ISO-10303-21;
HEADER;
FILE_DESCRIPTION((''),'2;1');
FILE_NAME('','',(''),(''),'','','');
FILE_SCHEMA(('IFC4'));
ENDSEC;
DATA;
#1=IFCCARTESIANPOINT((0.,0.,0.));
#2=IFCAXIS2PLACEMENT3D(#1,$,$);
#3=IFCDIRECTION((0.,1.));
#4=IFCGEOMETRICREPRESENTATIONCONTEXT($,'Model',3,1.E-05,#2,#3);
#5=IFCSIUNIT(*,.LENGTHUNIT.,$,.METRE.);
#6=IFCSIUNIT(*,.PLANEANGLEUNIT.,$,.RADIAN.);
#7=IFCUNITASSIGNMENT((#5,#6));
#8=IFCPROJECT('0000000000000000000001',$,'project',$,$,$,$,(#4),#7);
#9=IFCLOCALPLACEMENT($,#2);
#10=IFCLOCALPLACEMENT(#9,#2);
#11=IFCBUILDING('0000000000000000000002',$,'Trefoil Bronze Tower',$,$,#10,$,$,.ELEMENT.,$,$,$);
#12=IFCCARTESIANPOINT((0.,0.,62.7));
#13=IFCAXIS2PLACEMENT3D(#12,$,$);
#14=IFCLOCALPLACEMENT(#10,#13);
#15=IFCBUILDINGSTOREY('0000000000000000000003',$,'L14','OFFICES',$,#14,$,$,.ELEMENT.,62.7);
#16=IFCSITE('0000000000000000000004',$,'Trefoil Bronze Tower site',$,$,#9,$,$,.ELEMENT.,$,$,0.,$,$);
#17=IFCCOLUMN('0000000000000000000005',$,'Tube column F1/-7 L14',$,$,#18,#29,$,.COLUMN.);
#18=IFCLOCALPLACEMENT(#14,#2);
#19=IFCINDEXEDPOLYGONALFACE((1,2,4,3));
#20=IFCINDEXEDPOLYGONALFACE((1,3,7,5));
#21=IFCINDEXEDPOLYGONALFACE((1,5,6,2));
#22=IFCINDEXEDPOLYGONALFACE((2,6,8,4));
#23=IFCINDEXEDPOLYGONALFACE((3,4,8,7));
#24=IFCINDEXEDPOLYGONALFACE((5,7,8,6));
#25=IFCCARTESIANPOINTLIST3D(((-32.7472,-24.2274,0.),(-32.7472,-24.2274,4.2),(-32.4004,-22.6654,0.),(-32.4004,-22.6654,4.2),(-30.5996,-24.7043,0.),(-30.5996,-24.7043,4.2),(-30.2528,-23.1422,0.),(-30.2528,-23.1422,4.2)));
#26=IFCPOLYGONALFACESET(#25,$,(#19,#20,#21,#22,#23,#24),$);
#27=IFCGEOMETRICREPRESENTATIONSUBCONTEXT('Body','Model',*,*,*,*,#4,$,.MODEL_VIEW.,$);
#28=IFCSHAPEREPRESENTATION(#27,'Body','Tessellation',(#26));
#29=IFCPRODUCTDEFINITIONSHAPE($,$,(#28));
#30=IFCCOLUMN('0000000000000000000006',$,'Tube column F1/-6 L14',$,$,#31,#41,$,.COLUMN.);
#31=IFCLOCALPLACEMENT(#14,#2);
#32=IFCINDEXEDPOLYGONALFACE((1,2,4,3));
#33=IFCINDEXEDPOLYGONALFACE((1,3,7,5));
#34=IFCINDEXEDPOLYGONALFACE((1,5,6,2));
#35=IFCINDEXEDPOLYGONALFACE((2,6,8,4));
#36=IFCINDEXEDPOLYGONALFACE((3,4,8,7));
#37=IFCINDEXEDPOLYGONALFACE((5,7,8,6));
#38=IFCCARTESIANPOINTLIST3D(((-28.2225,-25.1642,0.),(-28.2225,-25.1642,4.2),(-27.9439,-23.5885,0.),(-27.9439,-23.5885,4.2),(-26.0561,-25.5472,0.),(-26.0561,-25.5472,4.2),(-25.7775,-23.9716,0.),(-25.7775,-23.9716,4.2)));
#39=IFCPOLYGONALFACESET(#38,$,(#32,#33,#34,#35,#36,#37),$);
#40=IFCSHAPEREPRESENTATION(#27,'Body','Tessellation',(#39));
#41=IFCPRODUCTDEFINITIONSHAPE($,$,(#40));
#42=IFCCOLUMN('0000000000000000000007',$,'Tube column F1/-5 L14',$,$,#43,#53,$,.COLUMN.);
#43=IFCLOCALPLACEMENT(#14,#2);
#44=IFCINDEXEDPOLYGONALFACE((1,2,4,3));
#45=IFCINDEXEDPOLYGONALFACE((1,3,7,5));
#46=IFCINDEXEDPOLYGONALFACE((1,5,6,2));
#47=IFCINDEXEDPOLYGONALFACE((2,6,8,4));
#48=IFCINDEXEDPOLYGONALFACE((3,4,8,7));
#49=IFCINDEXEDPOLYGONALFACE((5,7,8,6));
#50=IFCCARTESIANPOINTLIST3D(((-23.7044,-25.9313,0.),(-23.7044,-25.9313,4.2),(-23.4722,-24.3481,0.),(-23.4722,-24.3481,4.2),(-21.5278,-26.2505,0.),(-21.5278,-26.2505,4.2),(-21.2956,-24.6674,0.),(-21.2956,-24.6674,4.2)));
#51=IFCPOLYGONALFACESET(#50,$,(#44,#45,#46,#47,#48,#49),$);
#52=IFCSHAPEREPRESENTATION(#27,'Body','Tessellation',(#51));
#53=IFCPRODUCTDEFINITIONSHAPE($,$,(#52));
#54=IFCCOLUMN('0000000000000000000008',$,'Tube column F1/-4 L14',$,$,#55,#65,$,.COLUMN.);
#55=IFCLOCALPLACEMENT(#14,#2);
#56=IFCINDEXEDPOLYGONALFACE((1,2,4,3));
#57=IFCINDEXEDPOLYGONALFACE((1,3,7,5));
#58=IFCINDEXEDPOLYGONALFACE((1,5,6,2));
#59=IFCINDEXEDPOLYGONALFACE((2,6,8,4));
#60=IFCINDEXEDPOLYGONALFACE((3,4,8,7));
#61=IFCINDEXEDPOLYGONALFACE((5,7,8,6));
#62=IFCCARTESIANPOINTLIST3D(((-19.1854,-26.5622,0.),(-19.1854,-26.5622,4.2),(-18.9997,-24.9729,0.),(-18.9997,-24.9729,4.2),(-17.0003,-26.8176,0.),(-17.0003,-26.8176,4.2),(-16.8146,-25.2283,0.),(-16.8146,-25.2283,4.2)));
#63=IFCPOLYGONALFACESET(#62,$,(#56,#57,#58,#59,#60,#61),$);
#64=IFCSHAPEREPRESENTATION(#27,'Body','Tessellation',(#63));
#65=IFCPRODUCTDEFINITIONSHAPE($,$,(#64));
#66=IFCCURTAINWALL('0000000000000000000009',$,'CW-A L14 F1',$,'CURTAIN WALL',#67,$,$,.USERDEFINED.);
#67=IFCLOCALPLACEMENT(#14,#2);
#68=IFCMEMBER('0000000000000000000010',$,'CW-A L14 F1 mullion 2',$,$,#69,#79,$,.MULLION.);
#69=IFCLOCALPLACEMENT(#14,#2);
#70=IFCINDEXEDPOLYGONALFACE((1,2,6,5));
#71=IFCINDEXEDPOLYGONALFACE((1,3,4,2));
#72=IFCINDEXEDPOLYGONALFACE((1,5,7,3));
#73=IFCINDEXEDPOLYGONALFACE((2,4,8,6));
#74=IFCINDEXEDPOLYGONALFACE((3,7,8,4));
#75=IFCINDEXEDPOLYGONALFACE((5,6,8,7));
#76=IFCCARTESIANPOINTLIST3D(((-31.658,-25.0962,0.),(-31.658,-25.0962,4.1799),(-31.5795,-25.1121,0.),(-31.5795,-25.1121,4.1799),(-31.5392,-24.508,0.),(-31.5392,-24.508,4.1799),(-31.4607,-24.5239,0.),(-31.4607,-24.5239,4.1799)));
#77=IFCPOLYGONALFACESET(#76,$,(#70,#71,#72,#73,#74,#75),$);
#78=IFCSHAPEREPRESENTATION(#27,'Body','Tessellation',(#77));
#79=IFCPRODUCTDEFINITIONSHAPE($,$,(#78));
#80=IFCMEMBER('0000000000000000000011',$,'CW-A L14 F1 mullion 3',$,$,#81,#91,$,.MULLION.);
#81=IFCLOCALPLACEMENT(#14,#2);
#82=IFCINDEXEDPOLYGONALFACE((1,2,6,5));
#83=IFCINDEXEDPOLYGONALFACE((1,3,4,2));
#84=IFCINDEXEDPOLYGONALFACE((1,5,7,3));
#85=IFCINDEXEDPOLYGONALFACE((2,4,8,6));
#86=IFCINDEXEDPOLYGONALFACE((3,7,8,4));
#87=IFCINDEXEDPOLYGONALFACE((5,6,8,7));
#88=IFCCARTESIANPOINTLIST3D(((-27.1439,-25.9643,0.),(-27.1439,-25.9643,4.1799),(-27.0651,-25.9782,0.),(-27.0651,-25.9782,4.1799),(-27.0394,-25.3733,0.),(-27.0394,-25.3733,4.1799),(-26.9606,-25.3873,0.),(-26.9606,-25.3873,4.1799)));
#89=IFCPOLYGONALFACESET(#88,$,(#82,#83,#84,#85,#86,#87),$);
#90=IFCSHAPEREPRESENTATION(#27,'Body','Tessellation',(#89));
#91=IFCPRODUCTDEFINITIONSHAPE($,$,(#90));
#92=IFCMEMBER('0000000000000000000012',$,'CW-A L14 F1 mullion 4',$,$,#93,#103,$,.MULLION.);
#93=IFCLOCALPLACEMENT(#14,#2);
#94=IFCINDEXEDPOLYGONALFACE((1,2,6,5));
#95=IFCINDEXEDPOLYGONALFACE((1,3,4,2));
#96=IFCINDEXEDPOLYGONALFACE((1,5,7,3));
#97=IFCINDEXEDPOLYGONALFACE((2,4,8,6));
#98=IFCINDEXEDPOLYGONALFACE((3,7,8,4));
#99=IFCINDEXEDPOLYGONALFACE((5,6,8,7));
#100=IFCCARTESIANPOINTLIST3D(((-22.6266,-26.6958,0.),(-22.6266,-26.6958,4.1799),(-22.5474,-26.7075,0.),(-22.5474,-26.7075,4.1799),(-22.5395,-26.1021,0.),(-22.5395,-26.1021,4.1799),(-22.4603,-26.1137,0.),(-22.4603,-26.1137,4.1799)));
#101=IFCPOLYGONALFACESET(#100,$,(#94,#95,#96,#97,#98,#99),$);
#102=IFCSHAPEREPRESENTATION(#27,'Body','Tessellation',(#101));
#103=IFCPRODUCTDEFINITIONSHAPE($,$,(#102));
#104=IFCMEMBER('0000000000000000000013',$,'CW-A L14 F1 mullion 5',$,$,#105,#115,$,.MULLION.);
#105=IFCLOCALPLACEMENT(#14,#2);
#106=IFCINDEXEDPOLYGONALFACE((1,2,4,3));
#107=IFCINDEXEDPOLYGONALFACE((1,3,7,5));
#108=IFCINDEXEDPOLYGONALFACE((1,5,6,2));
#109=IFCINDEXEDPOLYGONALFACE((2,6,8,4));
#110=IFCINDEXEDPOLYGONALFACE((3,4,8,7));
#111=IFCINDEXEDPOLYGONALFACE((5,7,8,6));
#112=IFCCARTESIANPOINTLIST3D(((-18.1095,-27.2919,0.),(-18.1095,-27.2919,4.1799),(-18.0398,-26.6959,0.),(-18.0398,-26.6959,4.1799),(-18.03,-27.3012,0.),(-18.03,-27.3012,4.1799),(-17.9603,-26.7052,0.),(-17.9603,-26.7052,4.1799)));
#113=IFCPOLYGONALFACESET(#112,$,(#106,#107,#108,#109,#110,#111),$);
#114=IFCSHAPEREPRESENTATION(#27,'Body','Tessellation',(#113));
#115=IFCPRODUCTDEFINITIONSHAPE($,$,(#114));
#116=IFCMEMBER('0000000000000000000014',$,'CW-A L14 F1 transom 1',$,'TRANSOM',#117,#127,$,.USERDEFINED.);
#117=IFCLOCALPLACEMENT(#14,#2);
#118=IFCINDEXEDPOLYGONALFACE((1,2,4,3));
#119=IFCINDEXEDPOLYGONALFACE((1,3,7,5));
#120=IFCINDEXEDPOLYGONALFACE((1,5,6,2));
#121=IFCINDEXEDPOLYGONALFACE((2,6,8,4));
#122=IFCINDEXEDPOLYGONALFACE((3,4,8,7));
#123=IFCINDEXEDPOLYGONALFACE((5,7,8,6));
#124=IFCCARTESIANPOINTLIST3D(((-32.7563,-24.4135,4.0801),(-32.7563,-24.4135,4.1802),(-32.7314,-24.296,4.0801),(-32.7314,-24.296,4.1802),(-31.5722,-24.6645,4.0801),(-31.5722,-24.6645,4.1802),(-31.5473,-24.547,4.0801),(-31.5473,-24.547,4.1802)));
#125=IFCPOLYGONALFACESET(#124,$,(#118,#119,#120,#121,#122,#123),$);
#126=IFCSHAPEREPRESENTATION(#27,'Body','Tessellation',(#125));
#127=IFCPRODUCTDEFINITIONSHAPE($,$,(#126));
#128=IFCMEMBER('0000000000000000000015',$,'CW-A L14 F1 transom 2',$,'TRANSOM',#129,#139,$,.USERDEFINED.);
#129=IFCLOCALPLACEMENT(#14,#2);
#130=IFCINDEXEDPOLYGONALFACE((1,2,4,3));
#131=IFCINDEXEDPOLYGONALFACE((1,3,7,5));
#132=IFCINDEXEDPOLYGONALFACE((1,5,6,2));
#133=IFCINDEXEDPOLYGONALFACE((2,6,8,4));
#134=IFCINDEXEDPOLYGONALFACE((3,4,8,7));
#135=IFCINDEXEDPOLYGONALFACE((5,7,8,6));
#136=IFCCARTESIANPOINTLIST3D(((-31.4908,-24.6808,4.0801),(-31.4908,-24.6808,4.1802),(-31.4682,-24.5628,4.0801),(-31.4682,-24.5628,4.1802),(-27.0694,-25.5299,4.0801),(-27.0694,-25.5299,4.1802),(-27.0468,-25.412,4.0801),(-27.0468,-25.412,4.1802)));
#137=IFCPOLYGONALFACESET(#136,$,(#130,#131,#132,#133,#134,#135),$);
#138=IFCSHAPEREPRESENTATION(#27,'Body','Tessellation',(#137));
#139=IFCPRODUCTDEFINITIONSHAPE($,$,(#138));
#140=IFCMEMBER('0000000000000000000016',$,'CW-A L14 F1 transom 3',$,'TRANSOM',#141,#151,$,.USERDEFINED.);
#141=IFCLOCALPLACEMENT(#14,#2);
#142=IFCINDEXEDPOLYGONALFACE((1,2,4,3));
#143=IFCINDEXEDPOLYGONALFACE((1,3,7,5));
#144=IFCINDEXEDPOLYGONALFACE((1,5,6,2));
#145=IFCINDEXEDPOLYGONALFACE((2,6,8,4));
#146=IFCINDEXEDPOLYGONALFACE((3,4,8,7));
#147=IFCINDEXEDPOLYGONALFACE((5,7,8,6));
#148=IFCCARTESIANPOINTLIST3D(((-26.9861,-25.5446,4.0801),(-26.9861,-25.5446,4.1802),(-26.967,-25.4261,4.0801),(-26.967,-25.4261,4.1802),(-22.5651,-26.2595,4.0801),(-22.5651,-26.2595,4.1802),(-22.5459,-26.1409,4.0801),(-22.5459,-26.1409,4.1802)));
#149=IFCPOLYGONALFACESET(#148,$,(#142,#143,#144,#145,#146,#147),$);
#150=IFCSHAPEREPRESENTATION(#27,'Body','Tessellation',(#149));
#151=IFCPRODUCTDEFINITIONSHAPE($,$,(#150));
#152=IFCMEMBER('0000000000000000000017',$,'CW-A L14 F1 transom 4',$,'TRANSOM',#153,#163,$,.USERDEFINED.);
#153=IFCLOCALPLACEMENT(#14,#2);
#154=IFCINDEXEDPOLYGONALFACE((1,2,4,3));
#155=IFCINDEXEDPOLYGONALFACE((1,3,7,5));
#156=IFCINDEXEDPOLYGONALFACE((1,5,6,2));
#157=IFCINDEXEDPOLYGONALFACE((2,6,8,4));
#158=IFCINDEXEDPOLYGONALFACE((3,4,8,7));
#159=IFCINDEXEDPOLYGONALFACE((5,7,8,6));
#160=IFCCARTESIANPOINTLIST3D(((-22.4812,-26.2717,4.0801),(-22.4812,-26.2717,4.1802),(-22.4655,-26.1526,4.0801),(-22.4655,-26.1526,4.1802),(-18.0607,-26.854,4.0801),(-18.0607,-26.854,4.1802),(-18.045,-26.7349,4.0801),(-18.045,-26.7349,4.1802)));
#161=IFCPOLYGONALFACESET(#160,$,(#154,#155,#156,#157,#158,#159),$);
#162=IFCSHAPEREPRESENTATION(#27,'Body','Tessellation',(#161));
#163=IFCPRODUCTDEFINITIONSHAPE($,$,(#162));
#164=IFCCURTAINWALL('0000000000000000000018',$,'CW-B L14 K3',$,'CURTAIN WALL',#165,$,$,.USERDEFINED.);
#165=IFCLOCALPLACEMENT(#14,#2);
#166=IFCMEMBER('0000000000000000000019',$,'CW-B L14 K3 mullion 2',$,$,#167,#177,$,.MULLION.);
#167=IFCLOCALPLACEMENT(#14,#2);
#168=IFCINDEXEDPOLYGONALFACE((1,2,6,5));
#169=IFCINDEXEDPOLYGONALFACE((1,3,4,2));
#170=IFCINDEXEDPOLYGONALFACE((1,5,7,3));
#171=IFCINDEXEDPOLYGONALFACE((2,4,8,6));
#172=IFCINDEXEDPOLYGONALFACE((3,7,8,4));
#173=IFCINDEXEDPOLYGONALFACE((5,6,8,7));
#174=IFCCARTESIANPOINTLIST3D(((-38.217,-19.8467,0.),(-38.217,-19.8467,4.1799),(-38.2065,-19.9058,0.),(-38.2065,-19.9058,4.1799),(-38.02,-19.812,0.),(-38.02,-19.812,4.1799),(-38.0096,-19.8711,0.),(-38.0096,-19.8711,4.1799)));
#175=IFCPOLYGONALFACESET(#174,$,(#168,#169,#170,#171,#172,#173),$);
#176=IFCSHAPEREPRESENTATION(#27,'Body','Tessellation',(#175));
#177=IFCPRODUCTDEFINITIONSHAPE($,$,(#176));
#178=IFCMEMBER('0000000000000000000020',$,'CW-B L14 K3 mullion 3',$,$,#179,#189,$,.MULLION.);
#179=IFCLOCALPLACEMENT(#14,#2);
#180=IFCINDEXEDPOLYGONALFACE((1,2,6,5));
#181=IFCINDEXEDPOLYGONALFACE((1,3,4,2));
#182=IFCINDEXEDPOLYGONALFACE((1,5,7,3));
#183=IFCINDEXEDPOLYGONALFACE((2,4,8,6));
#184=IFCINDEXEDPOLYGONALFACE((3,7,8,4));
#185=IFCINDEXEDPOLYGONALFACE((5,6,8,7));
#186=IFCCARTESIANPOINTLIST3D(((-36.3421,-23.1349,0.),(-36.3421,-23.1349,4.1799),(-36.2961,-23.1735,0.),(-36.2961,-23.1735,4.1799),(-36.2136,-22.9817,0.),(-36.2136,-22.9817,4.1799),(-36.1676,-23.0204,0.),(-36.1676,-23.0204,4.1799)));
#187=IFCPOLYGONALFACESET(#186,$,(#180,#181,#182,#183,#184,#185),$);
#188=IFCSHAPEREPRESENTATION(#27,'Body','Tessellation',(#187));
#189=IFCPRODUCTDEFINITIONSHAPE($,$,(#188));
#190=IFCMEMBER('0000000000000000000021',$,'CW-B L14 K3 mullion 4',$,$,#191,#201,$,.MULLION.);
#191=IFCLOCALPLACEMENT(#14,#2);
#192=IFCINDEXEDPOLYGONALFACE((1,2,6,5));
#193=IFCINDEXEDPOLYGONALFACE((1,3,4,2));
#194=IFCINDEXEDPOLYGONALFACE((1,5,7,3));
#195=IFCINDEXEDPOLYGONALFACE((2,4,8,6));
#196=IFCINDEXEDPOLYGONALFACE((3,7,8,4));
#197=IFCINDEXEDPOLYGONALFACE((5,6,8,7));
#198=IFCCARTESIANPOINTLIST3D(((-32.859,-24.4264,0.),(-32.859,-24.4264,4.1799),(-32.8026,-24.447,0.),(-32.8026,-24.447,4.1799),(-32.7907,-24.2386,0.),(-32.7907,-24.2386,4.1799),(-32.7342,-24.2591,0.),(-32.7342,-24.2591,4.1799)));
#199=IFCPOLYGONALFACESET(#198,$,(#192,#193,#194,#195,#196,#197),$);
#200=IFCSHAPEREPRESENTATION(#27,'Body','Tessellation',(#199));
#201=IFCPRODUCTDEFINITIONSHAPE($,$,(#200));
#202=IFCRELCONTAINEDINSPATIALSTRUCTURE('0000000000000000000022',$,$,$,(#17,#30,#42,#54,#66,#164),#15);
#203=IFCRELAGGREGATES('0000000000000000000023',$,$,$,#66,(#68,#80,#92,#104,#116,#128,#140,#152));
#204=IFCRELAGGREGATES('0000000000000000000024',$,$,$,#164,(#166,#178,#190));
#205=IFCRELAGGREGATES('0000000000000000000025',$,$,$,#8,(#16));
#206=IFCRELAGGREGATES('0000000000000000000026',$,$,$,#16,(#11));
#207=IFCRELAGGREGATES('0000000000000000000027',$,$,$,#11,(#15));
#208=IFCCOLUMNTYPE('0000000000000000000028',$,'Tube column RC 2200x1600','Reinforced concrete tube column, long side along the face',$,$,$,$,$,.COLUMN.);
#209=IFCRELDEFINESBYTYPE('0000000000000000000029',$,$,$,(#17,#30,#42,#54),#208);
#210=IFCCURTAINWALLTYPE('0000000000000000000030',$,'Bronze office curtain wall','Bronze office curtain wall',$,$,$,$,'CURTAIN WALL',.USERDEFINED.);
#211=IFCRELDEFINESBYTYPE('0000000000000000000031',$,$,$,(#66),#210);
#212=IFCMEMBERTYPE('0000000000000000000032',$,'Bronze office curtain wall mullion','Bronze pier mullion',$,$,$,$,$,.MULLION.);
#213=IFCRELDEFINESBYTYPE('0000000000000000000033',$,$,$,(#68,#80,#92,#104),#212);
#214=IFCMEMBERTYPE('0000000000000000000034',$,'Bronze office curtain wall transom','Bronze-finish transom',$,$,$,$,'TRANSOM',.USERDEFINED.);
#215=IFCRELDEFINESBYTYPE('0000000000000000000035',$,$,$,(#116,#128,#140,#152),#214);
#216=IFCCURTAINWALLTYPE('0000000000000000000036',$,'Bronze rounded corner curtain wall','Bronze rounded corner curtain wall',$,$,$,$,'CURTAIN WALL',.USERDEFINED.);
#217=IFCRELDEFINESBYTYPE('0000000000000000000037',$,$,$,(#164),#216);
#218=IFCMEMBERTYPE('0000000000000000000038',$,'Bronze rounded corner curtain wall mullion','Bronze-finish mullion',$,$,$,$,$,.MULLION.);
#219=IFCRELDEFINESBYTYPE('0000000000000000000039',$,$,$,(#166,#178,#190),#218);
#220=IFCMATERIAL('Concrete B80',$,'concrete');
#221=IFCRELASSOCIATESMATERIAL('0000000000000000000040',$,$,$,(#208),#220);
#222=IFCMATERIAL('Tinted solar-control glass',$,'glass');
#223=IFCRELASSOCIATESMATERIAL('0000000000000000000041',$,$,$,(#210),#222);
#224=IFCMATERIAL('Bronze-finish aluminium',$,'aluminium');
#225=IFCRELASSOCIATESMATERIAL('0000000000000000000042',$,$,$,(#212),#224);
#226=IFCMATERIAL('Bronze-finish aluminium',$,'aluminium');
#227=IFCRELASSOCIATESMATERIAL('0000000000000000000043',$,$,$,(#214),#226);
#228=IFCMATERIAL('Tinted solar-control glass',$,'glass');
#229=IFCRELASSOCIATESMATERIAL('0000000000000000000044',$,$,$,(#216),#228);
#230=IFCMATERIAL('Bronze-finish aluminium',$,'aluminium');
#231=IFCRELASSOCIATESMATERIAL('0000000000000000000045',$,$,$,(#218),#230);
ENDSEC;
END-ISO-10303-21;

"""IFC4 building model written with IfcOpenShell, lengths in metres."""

from ifc_helpers import new_model, si_unit, direction, frame, origin, origin_2d, place, context, subcontext, project, spatial, rectangle, extrude, material, material_profile, profile_set, type_object, element, aggregate, save


model = new_model("IFC4")

# Units and contexts
model_context = context("Model", 3, precision=1e-05, world=origin(), true_north=direction((0.0, 1.0)))
body_context = subcontext(model_context, "Body", "Model", "MODEL_VIEW")
ifc_project = project(units=[si_unit("LENGTHUNIT", "METRE"), si_unit("PLANEANGLEUNIT", "RADIAN")], contexts=[model_context])

# Site, building, storey
site_placement = place(None, origin())
site = spatial("IfcSite", under=ifc_project, at=site_placement, Name="Trefoil Bronze Tower site", CompositionType="ELEMENT", RefElevation=0.0)
building_placement = place(site_placement, origin())
building = spatial("IfcBuilding", under=site, at=building_placement, Name="Trefoil Bronze Tower", CompositionType="ELEMENT")
storey_placement = place(building_placement, frame((0.0, 0.0, 62.7)))
storey = spatial("IfcBuildingStorey", under=building, at=storey_placement, Name="L14", Description="OFFICES", CompositionType="ELEMENT", Elevation=62.7)

# Columns
ifc_material_1 = material(Name="Concrete B80", Category="concrete")
ifc_material_profile_1 = material_profile(ifc_material_1, rectangle(XDim=2.2, YDim=1.6001, at=origin_2d()), Name="RC 2200x1600")
ifc_profile_set_1 = profile_set([ifc_material_profile_1], Name="Concrete B80")
column_type = type_object("IfcColumnType", Name="Tube column RC 2200x1600", Description="Reinforced concrete tube column, long side along the face", PredefinedType="COLUMN", material=ifc_profile_set_1)
for number, where, z_axis, x_axis, name in (
    (1, (-31.5, -23.6848, 0.0), (0.0, 0.0, 1.0), (0.97623, -0.216739, 0.0), "Tube column F1/-7 L14"),
    (2, (-27.0, -24.5679, 0.0), (0.0, 0.0, 1.0), (0.984722, -0.174131, 0.0), "Tube column F1/-6 L14"),
    (3, (-22.5, -25.2993, 0.0), (0.0, 0.0, 1.0), (0.989416, -0.145109, 0.0), "Tube column F1/-5 L14"),
    (4, (-18.0, -25.8953, 0.0), (0.0, 0.0, 1.0), (0.993239, -0.116087, 0.0), "Tube column F1/-4 L14"),
):
    element("IfcColumn", number, at=place(storey_placement, frame(where, z_axis=z_axis, x_axis=x_axis)), inside=storey, type_object=column_type, Name=name, PredefinedType="COLUMN", context=body_context, shape_type="SweptSolid", body=[
        extrude(rectangle(XDim=2.2, YDim=1.6001, at=origin_2d()), origin(), (0.0, 0.0, 1.0), 4.2),
    ])

# Curtain walls, members
ifc_material_2 = material(Name="Tinted solar-control glass", Category="glass")
curtain_wall_type_1 = type_object("IfcCurtainWallType", Name="Bronze office curtain wall", Description="Bronze office curtain wall", ElementType="CURTAIN WALL", PredefinedType="USERDEFINED", material=ifc_material_2)
curtain_wall_1_placement = place(storey_placement, origin())
curtain_wall_1 = element("IfcCurtainWall", 5, at=curtain_wall_1_placement, inside=storey, type_object=curtain_wall_type_1, Name="CW-A L14 F1", ObjectType="CURTAIN WALL", PredefinedType="USERDEFINED")
ifc_material_3 = material(Name="Bronze-finish aluminium", Category="aluminium")
ifc_material_profile_2 = material_profile(ifc_material_3, rectangle(XDim=0.6001, YDim=0.0801, at=origin_2d()), Name="CW-A mullion")
ifc_profile_set_2 = profile_set([ifc_material_profile_2], Name="Bronze-finish aluminium")
member_type_1 = type_object("IfcMemberType", Name="Bronze office curtain wall mullion", Description="Bronze pier mullion", PredefinedType="MULLION", material=ifc_profile_set_2)
member_1_placement = place(storey_placement, frame((-31.5593, -24.8101, 0.0), z_axis=(0.0, 0.0, 1.0), x_axis=(0.19791, 0.98022, 0.0)))
member_1 = element("IfcMember", 6, at=member_1_placement, type_object=member_type_1, Name="CW-A L14 F1 mullion 2", PredefinedType="MULLION", context=body_context, shape_type="SweptSolid", body=[
    extrude(rectangle(XDim=0.6001, YDim=0.0801, at=origin_2d()), origin(), (0.0, 0.0, 1.0), 4.1799),
])
member_2_placement = place(storey_placement, frame((-27.0522, -25.6758, 0.0), z_axis=(0.0, 0.0, 1.0), x_axis=(0.174131, 0.984722, 0.0)))
member_2 = element("IfcMember", 7, at=member_2_placement, type_object=member_type_1, Name="CW-A L14 F1 mullion 3", PredefinedType="MULLION", context=body_context, shape_type="SweptSolid", body=[
    extrude(rectangle(XDim=0.6001, YDim=0.0801, at=origin_2d()), origin(), (0.0, 0.0, 1.0), 4.1799),
])
member_3_placement = place(storey_placement, frame((-22.5435, -26.4048, 0.0), z_axis=(0.0, 0.0, 1.0), x_axis=(0.145109, 0.989416, 0.0)))
member_3 = element("IfcMember", 8, at=member_3_placement, type_object=member_type_1, Name="CW-A L14 F1 mullion 4", PredefinedType="MULLION", context=body_context, shape_type="SweptSolid", body=[
    extrude(rectangle(XDim=0.6001, YDim=0.0801, at=origin_2d()), origin(), (0.0, 0.0, 1.0), 4.1799),
])
member_4_placement = place(storey_placement, frame((-18.0349, -26.9985, 0.0), z_axis=(0.0, 0.0, 1.0), x_axis=(0.116087, 0.993239, 0.0)))
member_4 = element("IfcMember", 9, at=member_4_placement, type_object=member_type_1, Name="CW-A L14 F1 mullion 5", PredefinedType="MULLION", context=body_context, shape_type="SweptSolid", body=[
    extrude(rectangle(XDim=0.6001, YDim=0.0801, at=origin_2d()), origin(), (0.0, 0.0, 1.0), 4.1799),
])
ifc_material_4 = material(Name="Bronze-finish aluminium", Category="aluminium")
ifc_material_profile_3 = material_profile(ifc_material_4, rectangle(XDim=0.1201, YDim=0.1001, at=origin_2d()), Name="CW-A transom")
ifc_profile_set_3 = profile_set([ifc_material_profile_3], Name="Bronze-finish aluminium")
member_type_2 = type_object("IfcMemberType", Name="Bronze office curtain wall transom", Description="Bronze-finish transom", ElementType="TRANSOM", PredefinedType="USERDEFINED", material=ifc_profile_set_3)
member_5_placement = place(storey_placement, frame((-32.7439, -24.3547, 4.1301), z_axis=(0.978266, -0.207352, 0.0), x_axis=(0.207352, 0.978266, 0.0)))
member_5 = element("IfcMember", 10, at=member_5_placement, type_object=member_type_2, Name="CW-A L14 F1 transom 1", ObjectType="TRANSOM", PredefinedType="USERDEFINED", context=body_context, shape_type="SweptSolid", body=[
    extrude(rectangle(XDim=0.1201, YDim=0.1001, at=origin_2d()), origin(), (0.0, 0.0, 1.0), 1.2104),
])
member_6_placement = place(storey_placement, frame((-31.4795, -24.6218, 4.1301), z_axis=(0.982054, -0.188602, 0.0), x_axis=(0.188602, 0.982054, 0.0)))
member_6 = element("IfcMember", 11, at=member_6_placement, type_object=member_type_2, Name="CW-A L14 F1 transom 2", ObjectType="TRANSOM", PredefinedType="USERDEFINED", context=body_context, shape_type="SweptSolid", body=[
    extrude(rectangle(XDim=0.1201, YDim=0.1001, at=origin_2d()), origin(), (0.0, 0.0, 1.0), 4.5022),
])
member_7_placement = place(storey_placement, frame((-26.9766, -25.4854, 4.1301), z_axis=(0.987179, -0.159615, 0.0), x_axis=(0.159615, 0.987179, 0.0)))
member_7 = element("IfcMember", 12, at=member_7_placement, type_object=member_type_2, Name="CW-A L14 F1 transom 3", ObjectType="TRANSOM", PredefinedType="USERDEFINED", context=body_context, shape_type="SweptSolid", body=[
    extrude(rectangle(XDim=0.1201, YDim=0.1001, at=origin_2d()), origin(), (0.0, 0.0, 1.0), 4.4785),
])
member_8_placement = place(storey_placement, frame((-22.4734, -26.2122, 4.1301), z_axis=(0.991437, -0.130589, 0.0), x_axis=(0.130589, 0.991437, 0.0)))
member_8 = element("IfcMember", 13, at=member_8_placement, type_object=member_type_2, Name="CW-A L14 F1 transom 4", ObjectType="TRANSOM", PredefinedType="USERDEFINED", context=body_context, shape_type="SweptSolid", body=[
    extrude(rectangle(XDim=0.1201, YDim=0.1001, at=origin_2d()), origin(), (0.0, 0.0, 1.0), 4.4587),
])
ifc_material_5 = material(Name="Tinted solar-control glass", Category="glass")
curtain_wall_type_2 = type_object("IfcCurtainWallType", Name="Bronze rounded corner curtain wall", Description="Bronze rounded corner curtain wall", ElementType="CURTAIN WALL", PredefinedType="USERDEFINED", material=ifc_material_5)
curtain_wall_2_placement = place(storey_placement, origin())
curtain_wall_2 = element("IfcCurtainWall", 14, at=curtain_wall_2_placement, inside=storey, type_object=curtain_wall_type_2, Name="CW-B L14 K3", ObjectType="CURTAIN WALL", PredefinedType="USERDEFINED")
ifc_material_6 = material(Name="Bronze-finish aluminium", Category="aluminium")
ifc_material_profile_4 = material_profile(ifc_material_6, rectangle(XDim=0.2, YDim=0.0601, at=origin_2d()), Name="CW-B mullion")
ifc_profile_set_4 = profile_set([ifc_material_profile_4], Name="Bronze-finish aluminium")
member_type_3 = type_object("IfcMemberType", Name="Bronze rounded corner curtain wall mullion", Description="Bronze-finish mullion", PredefinedType="MULLION", material=ifc_profile_set_4)
member_9_placement = place(storey_placement, frame((-38.1133, -19.8589, 0.0), z_axis=(0.0, 0.0, 1.0), x_axis=(0.984808, 0.173648, 0.0)))
member_9 = element("IfcMember", 15, at=member_9_placement, type_object=member_type_3, Name="CW-B L14 K3 mullion 2", PredefinedType="MULLION", context=body_context, shape_type="SweptSolid", body=[
    extrude(rectangle(XDim=0.2, YDim=0.0601, at=origin_2d()), origin(), (0.0, 0.0, 1.0), 4.1799),
])
member_10_placement = place(storey_placement, frame((-36.2549, -23.0776, 0.0), z_axis=(0.0, 0.0, 1.0), x_axis=(0.642788, 0.766044, 0.0)))
member_10 = element("IfcMember", 16, at=member_10_placement, type_object=member_type_3, Name="CW-B L14 K3 mullion 3", PredefinedType="MULLION", context=body_context, shape_type="SweptSolid", body=[
    extrude(rectangle(XDim=0.2, YDim=0.0601, at=origin_2d()), origin(), (0.0, 0.0, 1.0), 4.1799),
])
member_11_placement = place(storey_placement, frame((-32.7966, -24.3428, 0.0), z_axis=(0.0, 0.0, 1.0), x_axis=(0.34202, 0.939693, 0.0)))
member_11 = element("IfcMember", 17, at=member_11_placement, type_object=member_type_3, Name="CW-B L14 K3 mullion 4", PredefinedType="MULLION", context=body_context, shape_type="SweptSolid", body=[
    extrude(rectangle(XDim=0.2, YDim=0.0601, at=origin_2d()), origin(), (0.0, 0.0, 1.0), 4.1799),
])

aggregate(curtain_wall_1, [member_1, member_2, member_3, member_4, member_5, member_6, member_7, member_8])
aggregate(curtain_wall_2, [member_9, member_10, member_11])

save(model, "model.ifc")
